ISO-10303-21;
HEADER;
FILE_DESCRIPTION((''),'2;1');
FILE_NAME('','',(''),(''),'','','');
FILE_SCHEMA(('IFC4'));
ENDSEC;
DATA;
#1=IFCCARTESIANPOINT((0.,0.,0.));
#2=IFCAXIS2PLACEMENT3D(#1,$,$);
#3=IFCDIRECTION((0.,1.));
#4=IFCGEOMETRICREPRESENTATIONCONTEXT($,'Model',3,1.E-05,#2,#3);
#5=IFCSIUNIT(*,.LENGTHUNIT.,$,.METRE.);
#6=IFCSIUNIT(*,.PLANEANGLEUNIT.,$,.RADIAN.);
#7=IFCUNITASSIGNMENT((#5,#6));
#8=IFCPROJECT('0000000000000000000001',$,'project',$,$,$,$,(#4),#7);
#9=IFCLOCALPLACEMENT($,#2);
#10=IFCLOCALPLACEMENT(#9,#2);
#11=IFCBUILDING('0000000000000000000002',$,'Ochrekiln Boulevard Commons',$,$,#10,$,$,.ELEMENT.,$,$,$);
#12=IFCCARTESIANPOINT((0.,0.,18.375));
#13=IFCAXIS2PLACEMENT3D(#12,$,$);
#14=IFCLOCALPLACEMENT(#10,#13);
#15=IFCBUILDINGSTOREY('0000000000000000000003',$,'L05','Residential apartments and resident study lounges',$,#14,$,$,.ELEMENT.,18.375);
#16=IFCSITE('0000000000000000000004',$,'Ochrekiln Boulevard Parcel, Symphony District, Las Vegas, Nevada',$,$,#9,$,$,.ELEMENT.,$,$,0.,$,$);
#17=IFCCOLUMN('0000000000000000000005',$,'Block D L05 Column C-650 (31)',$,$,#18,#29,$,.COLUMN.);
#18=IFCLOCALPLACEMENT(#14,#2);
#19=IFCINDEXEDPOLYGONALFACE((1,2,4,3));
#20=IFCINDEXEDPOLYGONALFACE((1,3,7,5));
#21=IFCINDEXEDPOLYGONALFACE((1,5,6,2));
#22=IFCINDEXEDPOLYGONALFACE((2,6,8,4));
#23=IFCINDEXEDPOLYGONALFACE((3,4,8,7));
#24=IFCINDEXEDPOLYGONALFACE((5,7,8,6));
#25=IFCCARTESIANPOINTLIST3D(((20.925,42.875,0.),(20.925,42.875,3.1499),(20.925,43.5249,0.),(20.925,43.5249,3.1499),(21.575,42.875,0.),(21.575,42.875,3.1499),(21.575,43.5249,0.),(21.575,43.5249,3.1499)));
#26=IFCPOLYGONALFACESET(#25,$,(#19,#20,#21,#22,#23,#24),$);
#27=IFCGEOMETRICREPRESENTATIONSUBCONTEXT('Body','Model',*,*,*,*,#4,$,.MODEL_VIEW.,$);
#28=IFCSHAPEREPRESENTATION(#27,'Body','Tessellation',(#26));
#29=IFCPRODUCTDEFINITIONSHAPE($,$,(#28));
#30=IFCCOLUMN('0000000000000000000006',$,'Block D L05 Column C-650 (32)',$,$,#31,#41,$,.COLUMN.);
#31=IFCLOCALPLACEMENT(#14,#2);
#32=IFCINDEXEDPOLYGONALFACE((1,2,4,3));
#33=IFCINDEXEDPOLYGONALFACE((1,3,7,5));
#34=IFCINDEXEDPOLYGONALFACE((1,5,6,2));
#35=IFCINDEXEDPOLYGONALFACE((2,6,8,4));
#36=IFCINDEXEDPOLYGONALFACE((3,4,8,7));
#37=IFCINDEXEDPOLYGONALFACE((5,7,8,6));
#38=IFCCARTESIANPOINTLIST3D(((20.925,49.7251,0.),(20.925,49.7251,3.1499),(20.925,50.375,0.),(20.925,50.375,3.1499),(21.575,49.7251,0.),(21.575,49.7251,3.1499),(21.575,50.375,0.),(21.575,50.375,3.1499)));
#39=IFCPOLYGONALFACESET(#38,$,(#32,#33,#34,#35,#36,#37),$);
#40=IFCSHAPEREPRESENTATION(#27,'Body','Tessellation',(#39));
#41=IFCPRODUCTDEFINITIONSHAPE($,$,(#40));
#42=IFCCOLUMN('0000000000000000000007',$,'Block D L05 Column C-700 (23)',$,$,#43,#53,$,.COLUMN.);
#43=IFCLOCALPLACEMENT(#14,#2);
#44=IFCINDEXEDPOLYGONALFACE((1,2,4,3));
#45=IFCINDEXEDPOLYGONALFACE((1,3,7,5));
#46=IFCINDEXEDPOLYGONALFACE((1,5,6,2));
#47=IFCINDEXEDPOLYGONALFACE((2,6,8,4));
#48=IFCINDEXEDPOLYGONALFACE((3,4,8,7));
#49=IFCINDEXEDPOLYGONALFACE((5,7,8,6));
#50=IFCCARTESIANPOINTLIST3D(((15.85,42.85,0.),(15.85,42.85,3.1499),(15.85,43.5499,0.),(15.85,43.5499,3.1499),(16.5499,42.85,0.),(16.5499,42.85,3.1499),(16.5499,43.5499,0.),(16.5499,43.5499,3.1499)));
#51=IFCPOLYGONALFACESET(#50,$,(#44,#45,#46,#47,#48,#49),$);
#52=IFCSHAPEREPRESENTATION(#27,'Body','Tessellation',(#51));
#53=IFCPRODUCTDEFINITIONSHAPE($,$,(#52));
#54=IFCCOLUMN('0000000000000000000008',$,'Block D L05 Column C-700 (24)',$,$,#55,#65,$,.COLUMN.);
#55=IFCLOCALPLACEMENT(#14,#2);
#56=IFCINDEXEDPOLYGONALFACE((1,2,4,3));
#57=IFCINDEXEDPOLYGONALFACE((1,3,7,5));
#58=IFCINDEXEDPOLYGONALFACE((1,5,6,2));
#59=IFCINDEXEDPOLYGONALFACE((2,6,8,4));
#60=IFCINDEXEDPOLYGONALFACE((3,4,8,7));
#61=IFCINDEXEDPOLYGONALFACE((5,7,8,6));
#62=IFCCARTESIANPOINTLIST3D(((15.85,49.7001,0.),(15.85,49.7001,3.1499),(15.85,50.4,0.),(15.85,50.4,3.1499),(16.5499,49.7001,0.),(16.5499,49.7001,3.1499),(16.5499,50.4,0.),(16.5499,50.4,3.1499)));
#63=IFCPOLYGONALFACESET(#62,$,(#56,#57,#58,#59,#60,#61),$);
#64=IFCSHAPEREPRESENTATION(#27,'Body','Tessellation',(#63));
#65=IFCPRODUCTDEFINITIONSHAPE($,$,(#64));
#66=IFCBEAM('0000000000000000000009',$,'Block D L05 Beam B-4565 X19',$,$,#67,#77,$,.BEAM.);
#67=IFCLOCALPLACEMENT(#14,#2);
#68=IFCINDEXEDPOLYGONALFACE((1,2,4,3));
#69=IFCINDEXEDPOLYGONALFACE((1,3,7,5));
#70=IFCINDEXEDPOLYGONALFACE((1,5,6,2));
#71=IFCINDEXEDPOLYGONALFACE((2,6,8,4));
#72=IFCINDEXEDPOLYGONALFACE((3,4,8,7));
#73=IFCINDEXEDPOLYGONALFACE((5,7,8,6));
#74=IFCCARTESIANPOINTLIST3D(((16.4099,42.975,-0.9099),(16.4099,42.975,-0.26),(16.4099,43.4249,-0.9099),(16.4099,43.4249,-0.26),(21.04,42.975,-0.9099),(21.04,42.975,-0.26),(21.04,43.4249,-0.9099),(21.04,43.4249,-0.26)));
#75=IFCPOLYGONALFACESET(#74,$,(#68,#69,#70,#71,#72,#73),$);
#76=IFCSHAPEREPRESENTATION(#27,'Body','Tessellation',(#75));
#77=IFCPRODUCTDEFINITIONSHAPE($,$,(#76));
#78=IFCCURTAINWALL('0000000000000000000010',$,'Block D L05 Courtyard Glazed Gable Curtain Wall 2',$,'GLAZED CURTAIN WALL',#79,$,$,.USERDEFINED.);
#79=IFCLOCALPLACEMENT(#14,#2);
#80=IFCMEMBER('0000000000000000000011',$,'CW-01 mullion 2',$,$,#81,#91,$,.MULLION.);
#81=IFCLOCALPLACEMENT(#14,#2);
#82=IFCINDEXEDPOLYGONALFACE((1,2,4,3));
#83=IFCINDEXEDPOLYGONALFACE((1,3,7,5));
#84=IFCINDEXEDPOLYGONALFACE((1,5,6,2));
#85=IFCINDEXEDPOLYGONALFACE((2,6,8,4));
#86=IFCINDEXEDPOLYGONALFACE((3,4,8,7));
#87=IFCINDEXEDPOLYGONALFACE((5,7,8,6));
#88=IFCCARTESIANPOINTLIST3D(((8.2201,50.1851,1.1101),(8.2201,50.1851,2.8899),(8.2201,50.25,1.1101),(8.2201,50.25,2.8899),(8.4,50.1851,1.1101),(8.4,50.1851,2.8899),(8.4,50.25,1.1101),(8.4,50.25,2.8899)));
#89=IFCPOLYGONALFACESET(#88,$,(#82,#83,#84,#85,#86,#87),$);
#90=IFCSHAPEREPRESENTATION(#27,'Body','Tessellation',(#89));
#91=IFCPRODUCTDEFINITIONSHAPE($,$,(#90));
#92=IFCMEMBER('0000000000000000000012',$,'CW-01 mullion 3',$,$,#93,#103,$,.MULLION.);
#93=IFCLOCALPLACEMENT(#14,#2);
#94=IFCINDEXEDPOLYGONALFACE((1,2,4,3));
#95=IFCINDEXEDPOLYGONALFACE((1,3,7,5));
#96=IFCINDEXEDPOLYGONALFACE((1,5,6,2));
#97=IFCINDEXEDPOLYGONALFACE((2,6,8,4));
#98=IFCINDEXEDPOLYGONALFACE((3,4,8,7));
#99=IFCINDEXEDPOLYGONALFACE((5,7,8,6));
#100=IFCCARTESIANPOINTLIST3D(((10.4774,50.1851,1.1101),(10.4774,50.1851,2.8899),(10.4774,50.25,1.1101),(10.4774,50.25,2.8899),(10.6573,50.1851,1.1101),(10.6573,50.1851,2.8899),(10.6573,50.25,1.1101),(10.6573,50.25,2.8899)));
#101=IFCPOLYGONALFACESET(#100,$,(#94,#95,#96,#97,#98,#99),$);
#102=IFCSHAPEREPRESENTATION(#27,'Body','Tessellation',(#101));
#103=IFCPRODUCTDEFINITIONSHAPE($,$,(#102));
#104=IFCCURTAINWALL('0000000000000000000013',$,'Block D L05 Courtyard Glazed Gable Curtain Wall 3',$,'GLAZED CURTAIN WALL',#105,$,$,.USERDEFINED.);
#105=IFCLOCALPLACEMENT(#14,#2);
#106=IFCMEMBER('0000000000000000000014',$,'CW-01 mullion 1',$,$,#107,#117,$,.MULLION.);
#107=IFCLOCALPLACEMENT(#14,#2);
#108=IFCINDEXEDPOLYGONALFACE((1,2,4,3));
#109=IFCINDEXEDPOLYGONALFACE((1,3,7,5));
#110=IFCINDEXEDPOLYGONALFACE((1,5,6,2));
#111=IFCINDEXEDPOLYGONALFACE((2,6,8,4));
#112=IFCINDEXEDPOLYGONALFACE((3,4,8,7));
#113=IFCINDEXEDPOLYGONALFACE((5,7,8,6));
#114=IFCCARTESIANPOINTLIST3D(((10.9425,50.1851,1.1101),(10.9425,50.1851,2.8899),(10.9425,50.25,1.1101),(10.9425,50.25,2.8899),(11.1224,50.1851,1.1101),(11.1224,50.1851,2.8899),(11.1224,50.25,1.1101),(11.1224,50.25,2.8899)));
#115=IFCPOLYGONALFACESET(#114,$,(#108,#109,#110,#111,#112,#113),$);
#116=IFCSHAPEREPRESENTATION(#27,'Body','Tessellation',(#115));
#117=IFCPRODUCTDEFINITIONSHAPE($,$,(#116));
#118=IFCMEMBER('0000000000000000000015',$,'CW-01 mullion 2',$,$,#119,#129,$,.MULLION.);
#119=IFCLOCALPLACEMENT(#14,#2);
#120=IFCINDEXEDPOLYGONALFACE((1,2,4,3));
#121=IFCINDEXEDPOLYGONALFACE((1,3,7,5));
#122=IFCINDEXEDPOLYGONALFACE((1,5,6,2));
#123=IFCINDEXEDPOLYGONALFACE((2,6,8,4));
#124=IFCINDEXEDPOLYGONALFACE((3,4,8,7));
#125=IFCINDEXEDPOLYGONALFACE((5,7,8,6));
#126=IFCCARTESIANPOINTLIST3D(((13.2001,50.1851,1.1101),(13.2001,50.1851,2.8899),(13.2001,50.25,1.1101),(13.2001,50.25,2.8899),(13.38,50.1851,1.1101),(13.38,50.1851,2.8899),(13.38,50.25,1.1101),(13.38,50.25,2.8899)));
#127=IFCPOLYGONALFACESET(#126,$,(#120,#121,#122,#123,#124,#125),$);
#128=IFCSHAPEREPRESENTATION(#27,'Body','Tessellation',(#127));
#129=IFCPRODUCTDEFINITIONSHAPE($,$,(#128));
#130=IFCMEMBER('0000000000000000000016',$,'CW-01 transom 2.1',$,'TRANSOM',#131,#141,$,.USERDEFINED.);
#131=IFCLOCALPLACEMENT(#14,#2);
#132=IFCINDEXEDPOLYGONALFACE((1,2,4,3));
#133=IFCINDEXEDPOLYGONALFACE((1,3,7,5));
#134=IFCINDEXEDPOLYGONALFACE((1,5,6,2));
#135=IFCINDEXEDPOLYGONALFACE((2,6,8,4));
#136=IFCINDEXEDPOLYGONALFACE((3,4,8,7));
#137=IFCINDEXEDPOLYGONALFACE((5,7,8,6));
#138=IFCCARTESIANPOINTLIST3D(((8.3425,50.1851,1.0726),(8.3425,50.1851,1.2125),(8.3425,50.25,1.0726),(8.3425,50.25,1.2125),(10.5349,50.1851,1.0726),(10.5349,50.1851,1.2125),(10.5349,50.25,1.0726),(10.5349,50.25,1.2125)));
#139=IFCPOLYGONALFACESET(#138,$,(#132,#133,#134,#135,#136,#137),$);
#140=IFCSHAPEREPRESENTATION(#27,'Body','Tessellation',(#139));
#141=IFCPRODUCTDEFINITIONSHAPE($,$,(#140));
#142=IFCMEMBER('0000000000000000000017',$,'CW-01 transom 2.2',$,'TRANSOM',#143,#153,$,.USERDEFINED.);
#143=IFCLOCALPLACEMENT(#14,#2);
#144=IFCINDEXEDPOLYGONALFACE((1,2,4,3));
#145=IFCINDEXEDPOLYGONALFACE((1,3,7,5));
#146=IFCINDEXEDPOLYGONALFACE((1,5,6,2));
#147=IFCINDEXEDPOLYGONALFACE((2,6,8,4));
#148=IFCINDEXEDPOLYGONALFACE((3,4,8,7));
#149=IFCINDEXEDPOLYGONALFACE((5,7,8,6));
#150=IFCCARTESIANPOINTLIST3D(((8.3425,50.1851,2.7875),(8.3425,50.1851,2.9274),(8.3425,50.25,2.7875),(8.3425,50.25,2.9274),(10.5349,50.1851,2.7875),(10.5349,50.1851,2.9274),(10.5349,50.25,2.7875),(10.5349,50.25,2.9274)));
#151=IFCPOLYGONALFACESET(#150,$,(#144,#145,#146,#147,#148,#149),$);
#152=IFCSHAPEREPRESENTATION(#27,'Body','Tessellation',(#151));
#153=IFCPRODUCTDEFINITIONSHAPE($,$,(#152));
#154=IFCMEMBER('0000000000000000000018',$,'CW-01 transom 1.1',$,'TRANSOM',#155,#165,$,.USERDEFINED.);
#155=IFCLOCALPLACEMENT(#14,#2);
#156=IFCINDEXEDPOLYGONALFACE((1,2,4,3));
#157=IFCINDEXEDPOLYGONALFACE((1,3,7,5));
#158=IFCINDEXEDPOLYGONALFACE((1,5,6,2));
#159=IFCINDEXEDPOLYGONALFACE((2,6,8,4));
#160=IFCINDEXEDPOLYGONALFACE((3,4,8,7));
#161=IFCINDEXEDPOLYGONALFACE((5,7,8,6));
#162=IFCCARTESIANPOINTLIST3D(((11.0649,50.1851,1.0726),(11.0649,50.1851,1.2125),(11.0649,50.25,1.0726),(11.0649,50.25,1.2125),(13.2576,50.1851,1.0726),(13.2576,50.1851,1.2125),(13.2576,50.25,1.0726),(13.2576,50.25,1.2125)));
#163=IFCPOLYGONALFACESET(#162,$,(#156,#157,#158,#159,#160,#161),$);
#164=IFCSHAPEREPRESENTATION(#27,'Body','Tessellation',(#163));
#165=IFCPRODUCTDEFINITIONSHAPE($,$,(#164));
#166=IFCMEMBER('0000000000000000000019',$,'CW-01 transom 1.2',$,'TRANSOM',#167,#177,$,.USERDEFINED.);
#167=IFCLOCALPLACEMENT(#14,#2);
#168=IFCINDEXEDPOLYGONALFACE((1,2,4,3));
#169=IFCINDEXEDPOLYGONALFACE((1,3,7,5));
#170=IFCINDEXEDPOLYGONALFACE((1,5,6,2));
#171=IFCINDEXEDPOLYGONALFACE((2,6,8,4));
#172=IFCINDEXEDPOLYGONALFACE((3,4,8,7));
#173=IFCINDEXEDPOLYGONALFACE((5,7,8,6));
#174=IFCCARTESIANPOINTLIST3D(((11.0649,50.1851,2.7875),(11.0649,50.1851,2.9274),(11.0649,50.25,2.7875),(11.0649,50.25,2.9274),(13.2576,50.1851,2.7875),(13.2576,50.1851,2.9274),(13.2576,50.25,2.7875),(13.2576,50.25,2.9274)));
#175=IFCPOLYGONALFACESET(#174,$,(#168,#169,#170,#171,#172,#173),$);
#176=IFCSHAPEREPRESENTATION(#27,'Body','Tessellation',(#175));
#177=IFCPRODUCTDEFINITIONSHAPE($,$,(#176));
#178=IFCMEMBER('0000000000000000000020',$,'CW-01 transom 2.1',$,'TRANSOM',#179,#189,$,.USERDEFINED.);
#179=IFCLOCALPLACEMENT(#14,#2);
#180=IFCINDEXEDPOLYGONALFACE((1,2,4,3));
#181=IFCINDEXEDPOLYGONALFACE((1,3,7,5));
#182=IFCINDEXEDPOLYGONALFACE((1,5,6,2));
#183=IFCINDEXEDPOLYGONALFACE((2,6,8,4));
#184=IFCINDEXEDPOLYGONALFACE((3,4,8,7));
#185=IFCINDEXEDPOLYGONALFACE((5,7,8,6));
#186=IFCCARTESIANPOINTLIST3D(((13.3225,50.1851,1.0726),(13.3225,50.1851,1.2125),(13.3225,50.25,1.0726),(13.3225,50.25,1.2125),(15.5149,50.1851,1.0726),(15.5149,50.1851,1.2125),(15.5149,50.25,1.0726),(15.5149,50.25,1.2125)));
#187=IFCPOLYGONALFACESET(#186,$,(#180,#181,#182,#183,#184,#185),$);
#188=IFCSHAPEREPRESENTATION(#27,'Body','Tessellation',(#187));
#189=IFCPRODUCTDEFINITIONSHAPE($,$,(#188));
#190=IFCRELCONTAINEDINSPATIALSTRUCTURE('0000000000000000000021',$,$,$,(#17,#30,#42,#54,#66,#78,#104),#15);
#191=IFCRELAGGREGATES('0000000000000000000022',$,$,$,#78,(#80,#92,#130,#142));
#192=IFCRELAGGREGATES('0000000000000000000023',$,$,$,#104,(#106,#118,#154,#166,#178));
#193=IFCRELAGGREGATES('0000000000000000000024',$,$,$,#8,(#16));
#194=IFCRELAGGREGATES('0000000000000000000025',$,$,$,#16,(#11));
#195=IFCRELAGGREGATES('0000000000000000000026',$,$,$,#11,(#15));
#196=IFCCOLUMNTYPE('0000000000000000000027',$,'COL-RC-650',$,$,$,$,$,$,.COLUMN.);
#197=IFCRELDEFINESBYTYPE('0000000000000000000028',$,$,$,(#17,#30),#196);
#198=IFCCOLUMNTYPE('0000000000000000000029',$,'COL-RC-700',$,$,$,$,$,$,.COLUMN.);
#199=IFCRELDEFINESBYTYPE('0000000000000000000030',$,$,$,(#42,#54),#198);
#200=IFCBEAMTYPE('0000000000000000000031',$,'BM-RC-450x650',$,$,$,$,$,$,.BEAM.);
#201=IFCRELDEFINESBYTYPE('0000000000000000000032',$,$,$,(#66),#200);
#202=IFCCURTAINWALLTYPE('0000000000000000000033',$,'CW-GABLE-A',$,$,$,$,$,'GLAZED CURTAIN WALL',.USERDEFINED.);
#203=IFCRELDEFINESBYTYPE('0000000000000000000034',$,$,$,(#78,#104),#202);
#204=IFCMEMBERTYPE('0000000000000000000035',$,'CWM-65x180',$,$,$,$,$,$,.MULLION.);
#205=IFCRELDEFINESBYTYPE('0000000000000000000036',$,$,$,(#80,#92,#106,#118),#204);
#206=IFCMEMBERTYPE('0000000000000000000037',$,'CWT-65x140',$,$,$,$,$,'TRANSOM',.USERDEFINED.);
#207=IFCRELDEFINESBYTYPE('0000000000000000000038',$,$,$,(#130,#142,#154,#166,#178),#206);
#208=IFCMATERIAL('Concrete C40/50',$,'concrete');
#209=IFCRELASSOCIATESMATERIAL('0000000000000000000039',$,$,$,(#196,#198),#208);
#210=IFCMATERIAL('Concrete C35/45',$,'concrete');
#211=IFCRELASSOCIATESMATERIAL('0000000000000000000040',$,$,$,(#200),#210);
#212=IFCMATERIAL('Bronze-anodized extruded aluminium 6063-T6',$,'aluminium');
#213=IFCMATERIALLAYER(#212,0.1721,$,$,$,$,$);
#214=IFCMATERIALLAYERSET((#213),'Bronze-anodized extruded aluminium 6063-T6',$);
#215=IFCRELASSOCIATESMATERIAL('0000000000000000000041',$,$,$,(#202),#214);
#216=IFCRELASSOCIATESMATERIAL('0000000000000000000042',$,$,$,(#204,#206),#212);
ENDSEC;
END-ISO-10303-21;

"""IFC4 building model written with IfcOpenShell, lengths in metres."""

from ifc_helpers import new_model, si_unit, direction, frame, origin, origin_2d, place, context, subcontext, project, spatial, rectangle, extrude, material, layer, layer_set, material_profile, profile_set, type_object, element, aggregate, save


model = new_model("IFC4")

# Units and contexts
model_context = context("Model", 3, precision=1e-05, world=origin(), true_north=direction((0.0, 1.0)))
body_context = subcontext(model_context, "Body", "Model", "MODEL_VIEW")
ifc_project = project(units=[si_unit("LENGTHUNIT", "METRE"), si_unit("PLANEANGLEUNIT", "RADIAN")], contexts=[model_context])

# Site, building, storey
site_placement = place(None, origin())
site = spatial("IfcSite", under=ifc_project, at=site_placement, Name="Ochrekiln Boulevard Parcel, Symphony District, Las Vegas, Nevada", CompositionType="ELEMENT", RefElevation=0.0)
building_placement = place(site_placement, origin())
building = spatial("IfcBuilding", under=site, at=building_placement, Name="Ochrekiln Boulevard Commons", CompositionType="ELEMENT")
storey_placement = place(building_placement, frame((0.0, 0.0, 18.375)))
storey = spatial("IfcBuildingStorey", under=building, at=storey_placement, Name="L05", Description="Residential apartments and resident study lounges", CompositionType="ELEMENT", Elevation=18.375)

# Columns
ifc_material_1 = material(Name="Concrete C40/50", Category="concrete")
ifc_material_profile_1 = material_profile(ifc_material_1, rectangle(XDim=0.6499, YDim=0.6499, at=origin_2d()), Name="RC-COL-650x650")
ifc_profile_set_1 = profile_set([ifc_material_profile_1], Name="Concrete C40/50")
column_type_1 = type_object("IfcColumnType", Name="COL-RC-650", PredefinedType="COLUMN", material=ifc_profile_set_1)
for number, where, z_axis, x_axis, name in (
    (1, (21.25, 43.2, 0.0), (0.0, 0.0, 1.0), (1.0, 0.0, 0.0), "Block D L05 Column C-650 (31)"),
    (2, (21.25, 50.05, 0.0), (0.0, 0.0, 1.0), (1.0, 0.0, 0.0), "Block D L05 Column C-650 (32)"),
):
    element("IfcColumn", number, at=place(storey_placement, frame(where, z_axis=z_axis, x_axis=x_axis)), inside=storey, type_object=column_type_1, Name=name, PredefinedType="COLUMN", context=body_context, shape_type="SweptSolid", body=[
        extrude(rectangle(XDim=0.6499, YDim=0.6499, at=origin_2d()), origin(), (0.0, 0.0, 1.0), 3.1499),
    ])
ifc_material_profile_2 = material_profile(ifc_material_1, rectangle(XDim=0.7, YDim=0.7, at=origin_2d()), Name="RC-COL-700x700")
ifc_profile_set_2 = profile_set([ifc_material_profile_2], Name="Concrete C40/50")
column_type_2 = type_object("IfcColumnType", Name="COL-RC-700", PredefinedType="COLUMN", material=ifc_profile_set_2)
for number, where, z_axis, x_axis, name in (
    (3, (16.2, 43.2, 0.0), (0.0, 0.0, 1.0), (1.0, 0.0, 0.0), "Block D L05 Column C-700 (23)"),
    (4, (16.2, 50.05, 0.0), (0.0, 0.0, 1.0), (1.0, 0.0, 0.0), "Block D L05 Column C-700 (24)"),
):
    element("IfcColumn", number, at=place(storey_placement, frame(where, z_axis=z_axis, x_axis=x_axis)), inside=storey, type_object=column_type_2, Name=name, PredefinedType="COLUMN", context=body_context, shape_type="SweptSolid", body=[
        extrude(rectangle(XDim=0.7, YDim=0.7, at=origin_2d()), origin(), (0.0, 0.0, 1.0), 3.1499),
    ])

# Beam
ifc_material_2 = material(Name="Concrete C35/45", Category="concrete")
ifc_material_profile_3 = material_profile(ifc_material_2, rectangle(XDim=0.45, YDim=0.6499, at=origin_2d()), Name="RC-BM-450x650")
ifc_profile_set_3 = profile_set([ifc_material_profile_3], Name="Concrete C35/45")
beam_type_1 = type_object("IfcBeamType", Name="BM-RC-450x650", PredefinedType="BEAM", material=ifc_profile_set_3)
beam_1_placement = place(storey_placement, frame((16.4099, 43.2, -0.585), z_axis=(1.0, 0.0, 0.0), x_axis=(0.0, 1.0, 0.0)))
element("IfcBeam", 5, at=beam_1_placement, inside=storey, type_object=beam_type_1, Name="Block D L05 Beam B-4565 X19", PredefinedType="BEAM", context=body_context, shape_type="SweptSolid", body=[
    extrude(rectangle(XDim=0.45, YDim=0.6499, at=origin_2d()), origin(), (0.0, 0.0, 1.0), 4.6301),
])

# Curtain walls, members
ifc_material_3 = material(Name="Bronze-anodized extruded aluminium 6063-T6", Category="aluminium")
ifc_layer_1 = layer(ifc_material_3, 0.1721)
ifc_layer_set_1 = layer_set([ifc_layer_1], Name="Bronze-anodized extruded aluminium 6063-T6")
curtain_wall_type = type_object("IfcCurtainWallType", Name="CW-GABLE-A", ElementType="GLAZED CURTAIN WALL", PredefinedType="USERDEFINED", material=ifc_layer_set_1)
curtain_wall_1_placement = place(storey_placement, origin())
curtain_wall_1 = element("IfcCurtainWall", 6, at=curtain_wall_1_placement, inside=storey, type_object=curtain_wall_type, Name="Block D L05 Courtyard Glazed Gable Curtain Wall 2", ObjectType="GLAZED CURTAIN WALL", PredefinedType="USERDEFINED")
ifc_material_profile_4 = material_profile(ifc_material_3, rectangle(XDim=0.0649, YDim=0.1799, at=origin_2d()), Name="ALU-MUL-65x180")
ifc_profile_set_4 = profile_set([ifc_material_profile_4], Name="Bronze-anodized extruded aluminium 6063-T6")
member_type_1 = type_object("IfcMemberType", Name="CWM-65x180", PredefinedType="MULLION", material=ifc_profile_set_4)
member_1_placement = place(storey_placement, frame((8.3101, 50.2175, 1.1101), z_axis=(0.0, 0.0, 1.0), x_axis=(0.0, 1.0, 0.0)))
member_1 = element("IfcMember", 7, at=member_1_placement, type_object=member_type_1, Name="CW-01 mullion 2", PredefinedType="MULLION", context=body_context, shape_type="SweptSolid", body=[
    extrude(rectangle(XDim=0.0649, YDim=0.1799, at=origin_2d()), origin(), (0.0, 0.0, 1.0), 1.7798),
])
member_2_placement = place(storey_placement, frame((10.5674, 50.2175, 1.1101), z_axis=(0.0, 0.0, 1.0), x_axis=(0.0, 1.0, 0.0)))
member_2 = element("IfcMember", 8, at=member_2_placement, type_object=member_type_1, Name="CW-01 mullion 3", PredefinedType="MULLION", context=body_context, shape_type="SweptSolid", body=[
    extrude(rectangle(XDim=0.0649, YDim=0.1799, at=origin_2d()), origin(), (0.0, 0.0, 1.0), 1.7798),
])
curtain_wall_2_placement = place(storey_placement, origin())
curtain_wall_2 = element("IfcCurtainWall", 9, at=curtain_wall_2_placement, inside=storey, type_object=curtain_wall_type, Name="Block D L05 Courtyard Glazed Gable Curtain Wall 3", ObjectType="GLAZED CURTAIN WALL", PredefinedType="USERDEFINED")
member_3_placement = place(storey_placement, frame((11.0325, 50.2175, 1.1101), z_axis=(0.0, 0.0, 1.0), x_axis=(0.0, 1.0, 0.0)))
member_3 = element("IfcMember", 10, at=member_3_placement, type_object=member_type_1, Name="CW-01 mullion 1", PredefinedType="MULLION", context=body_context, shape_type="SweptSolid", body=[
    extrude(rectangle(XDim=0.0649, YDim=0.1799, at=origin_2d()), origin(), (0.0, 0.0, 1.0), 1.7798),
])
member_4_placement = place(storey_placement, frame((13.29, 50.2175, 1.1101), z_axis=(0.0, 0.0, 1.0), x_axis=(0.0, 1.0, 0.0)))
member_4 = element("IfcMember", 11, at=member_4_placement, type_object=member_type_1, Name="CW-01 mullion 2", PredefinedType="MULLION", context=body_context, shape_type="SweptSolid", body=[
    extrude(rectangle(XDim=0.0649, YDim=0.1799, at=origin_2d()), origin(), (0.0, 0.0, 1.0), 1.7798),
])

# Members
ifc_material_profile_5 = material_profile(ifc_material_3, rectangle(XDim=0.0649, YDim=0.1399, at=origin_2d()), Name="ALU-TRN-65x140")
ifc_profile_set_5 = profile_set([ifc_material_profile_5], Name="Bronze-anodized extruded aluminium 6063-T6")
member_type_2 = type_object("IfcMemberType", Name="CWT-65x140", ElementType="TRANSOM", PredefinedType="USERDEFINED", material=ifc_profile_set_5)
member_5_placement = place(storey_placement, frame((8.3425, 50.2175, 1.1426), z_axis=(1.0, 0.0, 0.0), x_axis=(0.0, 1.0, 0.0)))
member_5 = element("IfcMember", 12, at=member_5_placement, type_object=member_type_2, Name="CW-01 transom 2.1", ObjectType="TRANSOM", PredefinedType="USERDEFINED", context=body_context, shape_type="SweptSolid", body=[
    extrude(rectangle(XDim=0.0649, YDim=0.1399, at=origin_2d()), origin(), (0.0, 0.0, 1.0), 2.1924),
])
member_6_placement = place(storey_placement, frame((8.3425, 50.2175, 2.8574), z_axis=(1.0, 0.0, 0.0), x_axis=(0.0, 1.0, 0.0)))
member_6 = element("IfcMember", 13, at=member_6_placement, type_object=member_type_2, Name="CW-01 transom 2.2", ObjectType="TRANSOM", PredefinedType="USERDEFINED", context=body_context, shape_type="SweptSolid", body=[
    extrude(rectangle(XDim=0.0649, YDim=0.1399, at=origin_2d()), origin(), (0.0, 0.0, 1.0), 2.1924),
])
member_7_placement = place(storey_placement, frame((11.0649, 50.2175, 1.1426), z_axis=(1.0, 0.0, 0.0), x_axis=(0.0, 1.0, 0.0)))
member_7 = element("IfcMember", 14, at=member_7_placement, type_object=member_type_2, Name="CW-01 transom 1.1", ObjectType="TRANSOM", PredefinedType="USERDEFINED", context=body_context, shape_type="SweptSolid", body=[
    extrude(rectangle(XDim=0.0649, YDim=0.1399, at=origin_2d()), origin(), (0.0, 0.0, 1.0), 2.1926),
])
member_8_placement = place(storey_placement, frame((11.0649, 50.2175, 2.8574), z_axis=(1.0, 0.0, 0.0), x_axis=(0.0, 1.0, 0.0)))
member_8 = element("IfcMember", 15, at=member_8_placement, type_object=member_type_2, Name="CW-01 transom 1.2", ObjectType="TRANSOM", PredefinedType="USERDEFINED", context=body_context, shape_type="SweptSolid", body=[
    extrude(rectangle(XDim=0.0649, YDim=0.1399, at=origin_2d()), origin(), (0.0, 0.0, 1.0), 2.1926),
])
member_9_placement = place(storey_placement, frame((13.3225, 50.2175, 1.1426), z_axis=(1.0, 0.0, 0.0), x_axis=(0.0, 1.0, 0.0)))
member_9 = element("IfcMember", 16, at=member_9_placement, type_object=member_type_2, Name="CW-01 transom 2.1", ObjectType="TRANSOM", PredefinedType="USERDEFINED", context=body_context, shape_type="SweptSolid", body=[
    extrude(rectangle(XDim=0.0649, YDim=0.1399, at=origin_2d()), origin(), (0.0, 0.0, 1.0), 2.1924),
])

aggregate(curtain_wall_1, [member_1, member_2, member_5, member_6])
aggregate(curtain_wall_2, [member_3, member_4, member_7, member_8, member_9])

save(model, "model.ifc")
